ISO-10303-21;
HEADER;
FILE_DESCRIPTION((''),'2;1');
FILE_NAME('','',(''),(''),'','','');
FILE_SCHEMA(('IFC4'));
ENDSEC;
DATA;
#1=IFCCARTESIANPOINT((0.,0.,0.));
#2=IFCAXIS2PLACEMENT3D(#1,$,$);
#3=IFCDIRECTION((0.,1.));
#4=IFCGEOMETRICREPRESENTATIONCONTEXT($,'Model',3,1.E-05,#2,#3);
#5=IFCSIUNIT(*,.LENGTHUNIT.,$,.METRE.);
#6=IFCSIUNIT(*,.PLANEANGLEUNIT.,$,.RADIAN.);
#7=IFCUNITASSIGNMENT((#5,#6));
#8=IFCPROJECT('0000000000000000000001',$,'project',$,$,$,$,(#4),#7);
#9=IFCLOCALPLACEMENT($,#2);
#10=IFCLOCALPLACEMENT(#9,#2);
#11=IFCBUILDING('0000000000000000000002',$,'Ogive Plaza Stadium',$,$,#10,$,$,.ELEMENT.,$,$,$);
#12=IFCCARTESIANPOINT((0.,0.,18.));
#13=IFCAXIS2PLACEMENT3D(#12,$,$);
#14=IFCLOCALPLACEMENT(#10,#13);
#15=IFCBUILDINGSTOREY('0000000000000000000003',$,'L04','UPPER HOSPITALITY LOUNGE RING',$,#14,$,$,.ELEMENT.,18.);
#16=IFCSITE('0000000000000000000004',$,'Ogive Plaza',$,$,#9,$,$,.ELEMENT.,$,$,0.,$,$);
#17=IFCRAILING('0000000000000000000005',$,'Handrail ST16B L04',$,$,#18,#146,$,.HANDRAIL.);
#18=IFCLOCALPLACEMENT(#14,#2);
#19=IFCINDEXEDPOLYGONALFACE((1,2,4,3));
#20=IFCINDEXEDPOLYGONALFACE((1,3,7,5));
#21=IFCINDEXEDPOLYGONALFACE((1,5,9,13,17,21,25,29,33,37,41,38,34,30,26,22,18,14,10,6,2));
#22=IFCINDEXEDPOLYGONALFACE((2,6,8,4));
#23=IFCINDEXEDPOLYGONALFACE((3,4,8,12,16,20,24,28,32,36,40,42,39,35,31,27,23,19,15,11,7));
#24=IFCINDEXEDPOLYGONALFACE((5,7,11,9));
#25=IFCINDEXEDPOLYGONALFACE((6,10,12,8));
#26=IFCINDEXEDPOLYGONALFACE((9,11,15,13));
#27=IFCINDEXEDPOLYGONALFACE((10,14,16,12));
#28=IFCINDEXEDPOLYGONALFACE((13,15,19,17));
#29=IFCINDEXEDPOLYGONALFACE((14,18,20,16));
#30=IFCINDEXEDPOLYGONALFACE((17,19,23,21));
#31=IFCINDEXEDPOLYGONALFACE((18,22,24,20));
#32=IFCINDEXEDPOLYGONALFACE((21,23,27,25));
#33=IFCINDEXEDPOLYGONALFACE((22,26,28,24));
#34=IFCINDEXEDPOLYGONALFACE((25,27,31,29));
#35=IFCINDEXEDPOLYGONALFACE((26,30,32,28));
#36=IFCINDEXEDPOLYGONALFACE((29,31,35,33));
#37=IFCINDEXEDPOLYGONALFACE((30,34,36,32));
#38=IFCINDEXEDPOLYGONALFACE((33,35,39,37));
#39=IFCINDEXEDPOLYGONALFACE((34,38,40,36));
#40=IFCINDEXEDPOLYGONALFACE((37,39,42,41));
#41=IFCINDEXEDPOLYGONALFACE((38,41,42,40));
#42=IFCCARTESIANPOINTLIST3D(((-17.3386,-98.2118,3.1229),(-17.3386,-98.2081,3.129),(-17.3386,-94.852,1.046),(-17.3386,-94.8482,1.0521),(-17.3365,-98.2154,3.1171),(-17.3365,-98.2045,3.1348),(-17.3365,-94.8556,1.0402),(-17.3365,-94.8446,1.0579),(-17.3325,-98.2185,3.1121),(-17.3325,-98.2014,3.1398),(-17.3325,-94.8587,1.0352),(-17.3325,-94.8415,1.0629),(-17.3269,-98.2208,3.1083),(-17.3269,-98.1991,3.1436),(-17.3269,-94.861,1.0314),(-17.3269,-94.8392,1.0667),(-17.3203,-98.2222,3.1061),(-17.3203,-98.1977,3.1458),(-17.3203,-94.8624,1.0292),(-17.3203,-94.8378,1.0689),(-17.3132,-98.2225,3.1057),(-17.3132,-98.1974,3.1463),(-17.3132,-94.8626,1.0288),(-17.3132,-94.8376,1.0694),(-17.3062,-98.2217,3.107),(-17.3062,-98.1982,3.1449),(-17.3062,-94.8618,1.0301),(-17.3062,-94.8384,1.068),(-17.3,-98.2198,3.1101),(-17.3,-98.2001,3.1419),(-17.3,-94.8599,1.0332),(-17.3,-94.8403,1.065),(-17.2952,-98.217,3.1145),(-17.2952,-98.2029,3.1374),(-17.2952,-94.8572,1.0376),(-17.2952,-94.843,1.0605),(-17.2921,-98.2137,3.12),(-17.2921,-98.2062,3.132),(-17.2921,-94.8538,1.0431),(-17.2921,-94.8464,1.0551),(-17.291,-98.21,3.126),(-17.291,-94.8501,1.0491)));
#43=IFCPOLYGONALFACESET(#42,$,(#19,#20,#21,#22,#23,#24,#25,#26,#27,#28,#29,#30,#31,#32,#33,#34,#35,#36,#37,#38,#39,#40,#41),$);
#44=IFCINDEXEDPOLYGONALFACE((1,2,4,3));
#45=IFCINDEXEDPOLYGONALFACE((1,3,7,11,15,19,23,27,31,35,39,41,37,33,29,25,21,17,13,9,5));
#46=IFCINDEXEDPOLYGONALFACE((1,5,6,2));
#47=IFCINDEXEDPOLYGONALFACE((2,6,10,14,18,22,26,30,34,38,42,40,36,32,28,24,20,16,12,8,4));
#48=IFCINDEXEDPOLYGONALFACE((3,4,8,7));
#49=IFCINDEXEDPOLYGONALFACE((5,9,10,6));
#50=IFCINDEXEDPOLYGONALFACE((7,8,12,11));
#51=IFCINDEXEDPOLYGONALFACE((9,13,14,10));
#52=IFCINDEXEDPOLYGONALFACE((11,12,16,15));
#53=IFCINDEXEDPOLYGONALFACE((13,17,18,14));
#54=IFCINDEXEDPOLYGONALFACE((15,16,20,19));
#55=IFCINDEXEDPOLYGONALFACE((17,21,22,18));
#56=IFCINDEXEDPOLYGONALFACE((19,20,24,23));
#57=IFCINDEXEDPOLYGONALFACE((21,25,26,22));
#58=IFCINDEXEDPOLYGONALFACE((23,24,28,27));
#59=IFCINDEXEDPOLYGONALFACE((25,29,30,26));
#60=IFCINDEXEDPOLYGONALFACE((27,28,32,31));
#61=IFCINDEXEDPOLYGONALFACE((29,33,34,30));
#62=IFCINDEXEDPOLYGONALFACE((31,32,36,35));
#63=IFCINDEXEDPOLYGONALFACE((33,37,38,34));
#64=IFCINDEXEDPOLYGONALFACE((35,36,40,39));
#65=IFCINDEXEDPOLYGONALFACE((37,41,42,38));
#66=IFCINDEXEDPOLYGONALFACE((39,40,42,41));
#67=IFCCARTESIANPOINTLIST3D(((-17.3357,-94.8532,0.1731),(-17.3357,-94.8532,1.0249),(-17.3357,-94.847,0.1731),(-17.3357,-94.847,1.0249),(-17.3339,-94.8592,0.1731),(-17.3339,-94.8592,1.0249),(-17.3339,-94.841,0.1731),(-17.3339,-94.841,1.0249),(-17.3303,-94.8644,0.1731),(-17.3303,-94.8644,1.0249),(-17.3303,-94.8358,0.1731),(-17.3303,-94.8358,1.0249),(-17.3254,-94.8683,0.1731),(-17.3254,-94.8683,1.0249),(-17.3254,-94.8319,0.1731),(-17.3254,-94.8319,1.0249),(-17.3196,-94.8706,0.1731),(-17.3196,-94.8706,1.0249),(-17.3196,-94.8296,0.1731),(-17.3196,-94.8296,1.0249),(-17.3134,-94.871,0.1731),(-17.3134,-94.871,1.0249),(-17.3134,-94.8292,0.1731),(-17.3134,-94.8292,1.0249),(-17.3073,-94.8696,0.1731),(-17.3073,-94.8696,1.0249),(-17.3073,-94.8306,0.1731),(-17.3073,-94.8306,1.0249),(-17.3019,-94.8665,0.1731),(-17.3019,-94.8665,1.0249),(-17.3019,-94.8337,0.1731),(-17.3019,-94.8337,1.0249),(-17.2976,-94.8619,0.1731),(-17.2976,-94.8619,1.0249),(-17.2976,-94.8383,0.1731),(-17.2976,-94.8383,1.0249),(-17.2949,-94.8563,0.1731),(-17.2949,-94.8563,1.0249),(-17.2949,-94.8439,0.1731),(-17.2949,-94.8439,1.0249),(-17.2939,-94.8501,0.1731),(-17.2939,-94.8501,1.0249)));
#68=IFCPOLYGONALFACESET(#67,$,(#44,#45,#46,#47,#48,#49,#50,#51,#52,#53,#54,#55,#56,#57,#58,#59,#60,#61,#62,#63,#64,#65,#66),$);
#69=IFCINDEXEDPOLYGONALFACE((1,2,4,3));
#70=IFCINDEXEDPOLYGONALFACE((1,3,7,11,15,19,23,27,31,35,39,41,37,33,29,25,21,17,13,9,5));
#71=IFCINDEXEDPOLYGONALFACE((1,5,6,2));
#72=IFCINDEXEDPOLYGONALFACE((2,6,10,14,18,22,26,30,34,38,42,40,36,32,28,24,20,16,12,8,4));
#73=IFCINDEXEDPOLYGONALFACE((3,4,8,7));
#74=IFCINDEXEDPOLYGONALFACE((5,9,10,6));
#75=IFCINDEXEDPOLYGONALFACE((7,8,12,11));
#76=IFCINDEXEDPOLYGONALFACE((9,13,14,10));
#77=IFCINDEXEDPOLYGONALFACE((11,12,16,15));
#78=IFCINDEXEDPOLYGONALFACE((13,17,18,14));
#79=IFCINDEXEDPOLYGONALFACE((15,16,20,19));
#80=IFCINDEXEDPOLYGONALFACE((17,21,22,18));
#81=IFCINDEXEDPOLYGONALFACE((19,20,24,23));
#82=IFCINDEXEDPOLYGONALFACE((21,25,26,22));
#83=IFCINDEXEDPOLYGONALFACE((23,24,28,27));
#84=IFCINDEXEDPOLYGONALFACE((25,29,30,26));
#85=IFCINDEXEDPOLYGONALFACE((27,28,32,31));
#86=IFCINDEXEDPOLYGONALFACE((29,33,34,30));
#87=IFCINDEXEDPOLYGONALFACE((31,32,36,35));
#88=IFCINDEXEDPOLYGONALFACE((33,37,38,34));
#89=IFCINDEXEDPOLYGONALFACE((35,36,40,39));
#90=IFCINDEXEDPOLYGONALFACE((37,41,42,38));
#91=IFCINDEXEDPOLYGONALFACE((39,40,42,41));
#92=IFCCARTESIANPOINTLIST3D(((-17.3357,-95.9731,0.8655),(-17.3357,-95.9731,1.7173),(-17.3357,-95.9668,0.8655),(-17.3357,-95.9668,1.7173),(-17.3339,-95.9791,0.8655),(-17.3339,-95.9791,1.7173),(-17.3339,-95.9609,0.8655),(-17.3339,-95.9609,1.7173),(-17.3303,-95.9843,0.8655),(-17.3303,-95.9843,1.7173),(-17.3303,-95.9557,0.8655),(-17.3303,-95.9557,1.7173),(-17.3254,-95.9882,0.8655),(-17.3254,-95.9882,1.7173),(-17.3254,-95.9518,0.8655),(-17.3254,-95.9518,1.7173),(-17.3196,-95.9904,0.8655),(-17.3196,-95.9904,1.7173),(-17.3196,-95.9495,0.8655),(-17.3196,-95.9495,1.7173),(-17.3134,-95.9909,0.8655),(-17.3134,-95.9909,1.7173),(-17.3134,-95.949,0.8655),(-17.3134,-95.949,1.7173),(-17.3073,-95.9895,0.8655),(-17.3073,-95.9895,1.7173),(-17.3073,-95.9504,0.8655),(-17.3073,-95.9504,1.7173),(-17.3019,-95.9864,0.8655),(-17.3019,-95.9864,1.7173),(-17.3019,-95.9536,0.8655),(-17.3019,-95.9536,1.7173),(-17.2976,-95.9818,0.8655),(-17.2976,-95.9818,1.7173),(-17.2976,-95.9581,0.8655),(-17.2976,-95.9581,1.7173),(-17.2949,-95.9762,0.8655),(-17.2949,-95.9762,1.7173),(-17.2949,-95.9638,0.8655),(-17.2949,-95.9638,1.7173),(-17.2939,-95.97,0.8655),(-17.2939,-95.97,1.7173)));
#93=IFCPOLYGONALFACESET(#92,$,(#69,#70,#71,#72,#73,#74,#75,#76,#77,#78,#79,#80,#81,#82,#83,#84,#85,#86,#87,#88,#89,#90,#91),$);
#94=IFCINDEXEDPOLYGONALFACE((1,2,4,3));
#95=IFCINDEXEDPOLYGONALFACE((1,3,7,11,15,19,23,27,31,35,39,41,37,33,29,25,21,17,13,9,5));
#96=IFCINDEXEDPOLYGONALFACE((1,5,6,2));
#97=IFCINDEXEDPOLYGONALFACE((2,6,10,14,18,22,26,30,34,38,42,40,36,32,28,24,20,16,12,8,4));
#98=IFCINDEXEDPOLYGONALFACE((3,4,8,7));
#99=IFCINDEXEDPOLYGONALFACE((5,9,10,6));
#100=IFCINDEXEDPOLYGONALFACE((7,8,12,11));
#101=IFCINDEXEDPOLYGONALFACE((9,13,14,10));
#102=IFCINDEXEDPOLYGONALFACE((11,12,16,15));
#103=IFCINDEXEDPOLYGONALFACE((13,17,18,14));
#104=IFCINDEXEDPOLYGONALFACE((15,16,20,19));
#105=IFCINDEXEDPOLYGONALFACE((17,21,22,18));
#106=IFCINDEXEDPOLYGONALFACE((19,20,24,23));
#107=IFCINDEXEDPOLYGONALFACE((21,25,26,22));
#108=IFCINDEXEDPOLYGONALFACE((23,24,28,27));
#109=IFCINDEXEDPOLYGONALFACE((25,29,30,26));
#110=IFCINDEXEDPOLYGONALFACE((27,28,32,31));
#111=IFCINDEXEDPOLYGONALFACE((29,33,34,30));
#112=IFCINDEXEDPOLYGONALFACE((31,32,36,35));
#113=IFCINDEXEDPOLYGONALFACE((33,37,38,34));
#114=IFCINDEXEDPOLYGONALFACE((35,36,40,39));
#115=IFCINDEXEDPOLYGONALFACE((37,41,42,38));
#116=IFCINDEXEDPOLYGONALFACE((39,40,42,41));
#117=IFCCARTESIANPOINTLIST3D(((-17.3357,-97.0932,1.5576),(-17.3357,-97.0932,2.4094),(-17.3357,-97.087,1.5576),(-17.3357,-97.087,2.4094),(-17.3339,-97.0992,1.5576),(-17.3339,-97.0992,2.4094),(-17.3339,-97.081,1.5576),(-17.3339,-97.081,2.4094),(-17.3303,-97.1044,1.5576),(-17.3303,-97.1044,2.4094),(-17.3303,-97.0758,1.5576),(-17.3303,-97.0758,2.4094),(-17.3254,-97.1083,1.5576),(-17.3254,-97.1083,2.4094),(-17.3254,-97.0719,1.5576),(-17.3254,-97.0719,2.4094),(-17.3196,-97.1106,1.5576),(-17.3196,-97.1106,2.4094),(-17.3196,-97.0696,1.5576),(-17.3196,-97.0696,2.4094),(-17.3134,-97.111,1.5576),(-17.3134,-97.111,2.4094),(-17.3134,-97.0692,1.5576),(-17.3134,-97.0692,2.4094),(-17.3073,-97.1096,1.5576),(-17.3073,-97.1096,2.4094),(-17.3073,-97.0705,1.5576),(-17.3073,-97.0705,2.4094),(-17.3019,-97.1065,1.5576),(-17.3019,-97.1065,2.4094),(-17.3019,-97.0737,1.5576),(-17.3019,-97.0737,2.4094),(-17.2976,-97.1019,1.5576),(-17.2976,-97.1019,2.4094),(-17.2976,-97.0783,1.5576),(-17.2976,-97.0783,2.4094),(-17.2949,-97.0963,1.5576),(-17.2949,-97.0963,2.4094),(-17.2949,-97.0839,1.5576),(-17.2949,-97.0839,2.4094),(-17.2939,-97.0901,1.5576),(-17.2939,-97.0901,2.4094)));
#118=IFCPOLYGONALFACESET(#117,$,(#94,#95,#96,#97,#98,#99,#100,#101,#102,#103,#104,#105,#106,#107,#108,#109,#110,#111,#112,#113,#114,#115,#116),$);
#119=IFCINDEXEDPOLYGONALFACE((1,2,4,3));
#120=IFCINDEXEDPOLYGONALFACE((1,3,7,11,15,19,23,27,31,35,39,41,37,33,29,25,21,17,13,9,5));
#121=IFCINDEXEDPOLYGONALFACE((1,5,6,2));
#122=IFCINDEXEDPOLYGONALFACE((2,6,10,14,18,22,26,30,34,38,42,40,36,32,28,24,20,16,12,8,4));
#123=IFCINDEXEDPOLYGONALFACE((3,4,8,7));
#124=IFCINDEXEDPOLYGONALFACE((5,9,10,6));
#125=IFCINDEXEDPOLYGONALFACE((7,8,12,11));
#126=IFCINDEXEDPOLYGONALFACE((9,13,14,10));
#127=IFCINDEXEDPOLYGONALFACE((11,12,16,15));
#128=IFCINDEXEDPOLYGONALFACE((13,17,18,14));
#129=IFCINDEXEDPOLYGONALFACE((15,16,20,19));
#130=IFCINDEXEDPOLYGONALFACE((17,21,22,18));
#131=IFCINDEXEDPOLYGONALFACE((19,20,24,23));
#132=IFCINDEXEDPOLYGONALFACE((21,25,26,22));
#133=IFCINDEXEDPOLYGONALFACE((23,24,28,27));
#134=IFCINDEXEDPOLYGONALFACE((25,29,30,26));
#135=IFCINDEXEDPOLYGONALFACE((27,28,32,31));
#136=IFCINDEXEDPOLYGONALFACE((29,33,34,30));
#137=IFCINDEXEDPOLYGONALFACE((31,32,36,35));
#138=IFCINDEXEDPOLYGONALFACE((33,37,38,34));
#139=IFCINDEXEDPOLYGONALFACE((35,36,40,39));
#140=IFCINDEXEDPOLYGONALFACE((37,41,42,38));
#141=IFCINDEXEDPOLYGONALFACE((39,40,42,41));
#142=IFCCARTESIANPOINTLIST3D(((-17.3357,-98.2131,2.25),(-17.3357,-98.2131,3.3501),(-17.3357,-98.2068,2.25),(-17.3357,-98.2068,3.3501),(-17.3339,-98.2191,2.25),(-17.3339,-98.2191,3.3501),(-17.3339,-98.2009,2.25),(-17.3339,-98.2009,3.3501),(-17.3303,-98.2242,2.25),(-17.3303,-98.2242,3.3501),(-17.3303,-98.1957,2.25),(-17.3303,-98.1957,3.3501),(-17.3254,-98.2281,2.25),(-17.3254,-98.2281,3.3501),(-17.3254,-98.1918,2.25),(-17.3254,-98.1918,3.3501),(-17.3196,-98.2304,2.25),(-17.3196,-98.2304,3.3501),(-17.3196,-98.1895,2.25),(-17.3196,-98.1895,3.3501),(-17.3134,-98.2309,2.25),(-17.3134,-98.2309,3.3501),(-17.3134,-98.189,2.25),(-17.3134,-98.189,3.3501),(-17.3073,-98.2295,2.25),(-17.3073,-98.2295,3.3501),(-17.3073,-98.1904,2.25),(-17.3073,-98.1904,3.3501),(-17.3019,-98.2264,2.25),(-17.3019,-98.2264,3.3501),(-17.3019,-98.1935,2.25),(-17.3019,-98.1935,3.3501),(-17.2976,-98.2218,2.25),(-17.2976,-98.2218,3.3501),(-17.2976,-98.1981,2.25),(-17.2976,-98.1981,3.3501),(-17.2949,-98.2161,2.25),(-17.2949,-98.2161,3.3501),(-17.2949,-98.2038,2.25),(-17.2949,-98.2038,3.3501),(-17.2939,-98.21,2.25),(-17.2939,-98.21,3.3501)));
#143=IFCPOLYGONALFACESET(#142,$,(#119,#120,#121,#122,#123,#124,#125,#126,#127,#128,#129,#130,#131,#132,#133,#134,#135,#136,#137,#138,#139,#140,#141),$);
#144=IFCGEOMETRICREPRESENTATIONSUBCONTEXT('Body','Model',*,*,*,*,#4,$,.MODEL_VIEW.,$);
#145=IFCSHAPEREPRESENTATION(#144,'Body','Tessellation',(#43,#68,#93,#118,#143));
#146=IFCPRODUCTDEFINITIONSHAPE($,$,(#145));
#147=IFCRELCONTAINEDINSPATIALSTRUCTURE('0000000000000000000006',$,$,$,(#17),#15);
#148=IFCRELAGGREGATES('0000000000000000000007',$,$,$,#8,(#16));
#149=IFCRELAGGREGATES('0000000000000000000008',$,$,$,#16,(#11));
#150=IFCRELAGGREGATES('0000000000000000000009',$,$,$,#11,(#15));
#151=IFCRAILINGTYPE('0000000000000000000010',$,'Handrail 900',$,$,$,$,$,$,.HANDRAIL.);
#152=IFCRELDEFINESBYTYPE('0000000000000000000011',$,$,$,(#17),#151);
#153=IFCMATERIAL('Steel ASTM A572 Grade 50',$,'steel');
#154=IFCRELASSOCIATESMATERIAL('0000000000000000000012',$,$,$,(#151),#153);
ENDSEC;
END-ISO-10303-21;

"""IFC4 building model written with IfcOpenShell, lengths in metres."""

from ifc_helpers import new_model, si_unit, direction, frame, origin, origin_2d, place, context, subcontext, project, spatial, circle, extrude, material, type_object, element, save


model = new_model("IFC4")

# Units and contexts
model_context = context("Model", 3, precision=1e-05, world=origin(), true_north=direction((0.0, 1.0)))
body_context = subcontext(model_context, "Body", "Model", "MODEL_VIEW")
ifc_project = project(units=[si_unit("LENGTHUNIT", "METRE"), si_unit("PLANEANGLEUNIT", "RADIAN")], contexts=[model_context])

# Site, building, storey
site_placement = place(None, origin())
site = spatial("IfcSite", under=ifc_project, at=site_placement, Name="Ogive Plaza", CompositionType="ELEMENT", RefElevation=0.0)
building_placement = place(site_placement, origin())
building = spatial("IfcBuilding", under=site, at=building_placement, Name="Ogive Plaza Stadium", CompositionType="ELEMENT")
storey_placement = place(building_placement, frame((0.0, 0.0, 18.0)))
storey = spatial("IfcBuildingStorey", under=building, at=storey_placement, Name="L04", Description="UPPER HOSPITALITY LOUNGE RING", CompositionType="ELEMENT", Elevation=18.0)

# Railing
ifc_material_1 = material(Name="Steel ASTM A572 Grade 50", Category="steel")
railing_type_1 = type_object("IfcRailingType", Name="Handrail 900", PredefinedType="HANDRAIL", material=ifc_material_1)
for number, where, name in (
    (1, (-17.3149, -94.8501, 0.1731), "Handrail ST16B L04"),
):
    element("IfcRailing", number, at=place(storey_placement, frame(where)), inside=storey, type_object=railing_type_1, Name=name, PredefinedType="HANDRAIL", context=body_context, shape_type="SweptSolid", body=[
        extrude(circle(Radius=0.0239, at=origin_2d()), frame((0.0, 0.0, 0.876), z_axis=(0.0, -0.850606, 0.525803), x_axis=(1.0, 0.0, 0.0)), (0.0, 0.0, 1.0), 3.95),
        extrude(circle(Radius=0.021, at=origin_2d()), origin(), (0.0, 0.0, 1.0), 0.8518),
        extrude(circle(Radius=0.021, at=origin_2d()), frame((0.0, -1.1199, 0.6924)), (0.0, 0.0, 1.0), 0.8518),
        extrude(circle(Radius=0.021, at=origin_2d()), frame((0.0, -2.24, 1.3845)), (0.0, 0.0, 1.0), 0.8518),
        extrude(circle(Radius=0.021, at=origin_2d()), frame((0.0, -3.3599, 2.0769)), (0.0, 0.0, 1.0), 1.1001),
    ])

save(model, "model.ifc")
